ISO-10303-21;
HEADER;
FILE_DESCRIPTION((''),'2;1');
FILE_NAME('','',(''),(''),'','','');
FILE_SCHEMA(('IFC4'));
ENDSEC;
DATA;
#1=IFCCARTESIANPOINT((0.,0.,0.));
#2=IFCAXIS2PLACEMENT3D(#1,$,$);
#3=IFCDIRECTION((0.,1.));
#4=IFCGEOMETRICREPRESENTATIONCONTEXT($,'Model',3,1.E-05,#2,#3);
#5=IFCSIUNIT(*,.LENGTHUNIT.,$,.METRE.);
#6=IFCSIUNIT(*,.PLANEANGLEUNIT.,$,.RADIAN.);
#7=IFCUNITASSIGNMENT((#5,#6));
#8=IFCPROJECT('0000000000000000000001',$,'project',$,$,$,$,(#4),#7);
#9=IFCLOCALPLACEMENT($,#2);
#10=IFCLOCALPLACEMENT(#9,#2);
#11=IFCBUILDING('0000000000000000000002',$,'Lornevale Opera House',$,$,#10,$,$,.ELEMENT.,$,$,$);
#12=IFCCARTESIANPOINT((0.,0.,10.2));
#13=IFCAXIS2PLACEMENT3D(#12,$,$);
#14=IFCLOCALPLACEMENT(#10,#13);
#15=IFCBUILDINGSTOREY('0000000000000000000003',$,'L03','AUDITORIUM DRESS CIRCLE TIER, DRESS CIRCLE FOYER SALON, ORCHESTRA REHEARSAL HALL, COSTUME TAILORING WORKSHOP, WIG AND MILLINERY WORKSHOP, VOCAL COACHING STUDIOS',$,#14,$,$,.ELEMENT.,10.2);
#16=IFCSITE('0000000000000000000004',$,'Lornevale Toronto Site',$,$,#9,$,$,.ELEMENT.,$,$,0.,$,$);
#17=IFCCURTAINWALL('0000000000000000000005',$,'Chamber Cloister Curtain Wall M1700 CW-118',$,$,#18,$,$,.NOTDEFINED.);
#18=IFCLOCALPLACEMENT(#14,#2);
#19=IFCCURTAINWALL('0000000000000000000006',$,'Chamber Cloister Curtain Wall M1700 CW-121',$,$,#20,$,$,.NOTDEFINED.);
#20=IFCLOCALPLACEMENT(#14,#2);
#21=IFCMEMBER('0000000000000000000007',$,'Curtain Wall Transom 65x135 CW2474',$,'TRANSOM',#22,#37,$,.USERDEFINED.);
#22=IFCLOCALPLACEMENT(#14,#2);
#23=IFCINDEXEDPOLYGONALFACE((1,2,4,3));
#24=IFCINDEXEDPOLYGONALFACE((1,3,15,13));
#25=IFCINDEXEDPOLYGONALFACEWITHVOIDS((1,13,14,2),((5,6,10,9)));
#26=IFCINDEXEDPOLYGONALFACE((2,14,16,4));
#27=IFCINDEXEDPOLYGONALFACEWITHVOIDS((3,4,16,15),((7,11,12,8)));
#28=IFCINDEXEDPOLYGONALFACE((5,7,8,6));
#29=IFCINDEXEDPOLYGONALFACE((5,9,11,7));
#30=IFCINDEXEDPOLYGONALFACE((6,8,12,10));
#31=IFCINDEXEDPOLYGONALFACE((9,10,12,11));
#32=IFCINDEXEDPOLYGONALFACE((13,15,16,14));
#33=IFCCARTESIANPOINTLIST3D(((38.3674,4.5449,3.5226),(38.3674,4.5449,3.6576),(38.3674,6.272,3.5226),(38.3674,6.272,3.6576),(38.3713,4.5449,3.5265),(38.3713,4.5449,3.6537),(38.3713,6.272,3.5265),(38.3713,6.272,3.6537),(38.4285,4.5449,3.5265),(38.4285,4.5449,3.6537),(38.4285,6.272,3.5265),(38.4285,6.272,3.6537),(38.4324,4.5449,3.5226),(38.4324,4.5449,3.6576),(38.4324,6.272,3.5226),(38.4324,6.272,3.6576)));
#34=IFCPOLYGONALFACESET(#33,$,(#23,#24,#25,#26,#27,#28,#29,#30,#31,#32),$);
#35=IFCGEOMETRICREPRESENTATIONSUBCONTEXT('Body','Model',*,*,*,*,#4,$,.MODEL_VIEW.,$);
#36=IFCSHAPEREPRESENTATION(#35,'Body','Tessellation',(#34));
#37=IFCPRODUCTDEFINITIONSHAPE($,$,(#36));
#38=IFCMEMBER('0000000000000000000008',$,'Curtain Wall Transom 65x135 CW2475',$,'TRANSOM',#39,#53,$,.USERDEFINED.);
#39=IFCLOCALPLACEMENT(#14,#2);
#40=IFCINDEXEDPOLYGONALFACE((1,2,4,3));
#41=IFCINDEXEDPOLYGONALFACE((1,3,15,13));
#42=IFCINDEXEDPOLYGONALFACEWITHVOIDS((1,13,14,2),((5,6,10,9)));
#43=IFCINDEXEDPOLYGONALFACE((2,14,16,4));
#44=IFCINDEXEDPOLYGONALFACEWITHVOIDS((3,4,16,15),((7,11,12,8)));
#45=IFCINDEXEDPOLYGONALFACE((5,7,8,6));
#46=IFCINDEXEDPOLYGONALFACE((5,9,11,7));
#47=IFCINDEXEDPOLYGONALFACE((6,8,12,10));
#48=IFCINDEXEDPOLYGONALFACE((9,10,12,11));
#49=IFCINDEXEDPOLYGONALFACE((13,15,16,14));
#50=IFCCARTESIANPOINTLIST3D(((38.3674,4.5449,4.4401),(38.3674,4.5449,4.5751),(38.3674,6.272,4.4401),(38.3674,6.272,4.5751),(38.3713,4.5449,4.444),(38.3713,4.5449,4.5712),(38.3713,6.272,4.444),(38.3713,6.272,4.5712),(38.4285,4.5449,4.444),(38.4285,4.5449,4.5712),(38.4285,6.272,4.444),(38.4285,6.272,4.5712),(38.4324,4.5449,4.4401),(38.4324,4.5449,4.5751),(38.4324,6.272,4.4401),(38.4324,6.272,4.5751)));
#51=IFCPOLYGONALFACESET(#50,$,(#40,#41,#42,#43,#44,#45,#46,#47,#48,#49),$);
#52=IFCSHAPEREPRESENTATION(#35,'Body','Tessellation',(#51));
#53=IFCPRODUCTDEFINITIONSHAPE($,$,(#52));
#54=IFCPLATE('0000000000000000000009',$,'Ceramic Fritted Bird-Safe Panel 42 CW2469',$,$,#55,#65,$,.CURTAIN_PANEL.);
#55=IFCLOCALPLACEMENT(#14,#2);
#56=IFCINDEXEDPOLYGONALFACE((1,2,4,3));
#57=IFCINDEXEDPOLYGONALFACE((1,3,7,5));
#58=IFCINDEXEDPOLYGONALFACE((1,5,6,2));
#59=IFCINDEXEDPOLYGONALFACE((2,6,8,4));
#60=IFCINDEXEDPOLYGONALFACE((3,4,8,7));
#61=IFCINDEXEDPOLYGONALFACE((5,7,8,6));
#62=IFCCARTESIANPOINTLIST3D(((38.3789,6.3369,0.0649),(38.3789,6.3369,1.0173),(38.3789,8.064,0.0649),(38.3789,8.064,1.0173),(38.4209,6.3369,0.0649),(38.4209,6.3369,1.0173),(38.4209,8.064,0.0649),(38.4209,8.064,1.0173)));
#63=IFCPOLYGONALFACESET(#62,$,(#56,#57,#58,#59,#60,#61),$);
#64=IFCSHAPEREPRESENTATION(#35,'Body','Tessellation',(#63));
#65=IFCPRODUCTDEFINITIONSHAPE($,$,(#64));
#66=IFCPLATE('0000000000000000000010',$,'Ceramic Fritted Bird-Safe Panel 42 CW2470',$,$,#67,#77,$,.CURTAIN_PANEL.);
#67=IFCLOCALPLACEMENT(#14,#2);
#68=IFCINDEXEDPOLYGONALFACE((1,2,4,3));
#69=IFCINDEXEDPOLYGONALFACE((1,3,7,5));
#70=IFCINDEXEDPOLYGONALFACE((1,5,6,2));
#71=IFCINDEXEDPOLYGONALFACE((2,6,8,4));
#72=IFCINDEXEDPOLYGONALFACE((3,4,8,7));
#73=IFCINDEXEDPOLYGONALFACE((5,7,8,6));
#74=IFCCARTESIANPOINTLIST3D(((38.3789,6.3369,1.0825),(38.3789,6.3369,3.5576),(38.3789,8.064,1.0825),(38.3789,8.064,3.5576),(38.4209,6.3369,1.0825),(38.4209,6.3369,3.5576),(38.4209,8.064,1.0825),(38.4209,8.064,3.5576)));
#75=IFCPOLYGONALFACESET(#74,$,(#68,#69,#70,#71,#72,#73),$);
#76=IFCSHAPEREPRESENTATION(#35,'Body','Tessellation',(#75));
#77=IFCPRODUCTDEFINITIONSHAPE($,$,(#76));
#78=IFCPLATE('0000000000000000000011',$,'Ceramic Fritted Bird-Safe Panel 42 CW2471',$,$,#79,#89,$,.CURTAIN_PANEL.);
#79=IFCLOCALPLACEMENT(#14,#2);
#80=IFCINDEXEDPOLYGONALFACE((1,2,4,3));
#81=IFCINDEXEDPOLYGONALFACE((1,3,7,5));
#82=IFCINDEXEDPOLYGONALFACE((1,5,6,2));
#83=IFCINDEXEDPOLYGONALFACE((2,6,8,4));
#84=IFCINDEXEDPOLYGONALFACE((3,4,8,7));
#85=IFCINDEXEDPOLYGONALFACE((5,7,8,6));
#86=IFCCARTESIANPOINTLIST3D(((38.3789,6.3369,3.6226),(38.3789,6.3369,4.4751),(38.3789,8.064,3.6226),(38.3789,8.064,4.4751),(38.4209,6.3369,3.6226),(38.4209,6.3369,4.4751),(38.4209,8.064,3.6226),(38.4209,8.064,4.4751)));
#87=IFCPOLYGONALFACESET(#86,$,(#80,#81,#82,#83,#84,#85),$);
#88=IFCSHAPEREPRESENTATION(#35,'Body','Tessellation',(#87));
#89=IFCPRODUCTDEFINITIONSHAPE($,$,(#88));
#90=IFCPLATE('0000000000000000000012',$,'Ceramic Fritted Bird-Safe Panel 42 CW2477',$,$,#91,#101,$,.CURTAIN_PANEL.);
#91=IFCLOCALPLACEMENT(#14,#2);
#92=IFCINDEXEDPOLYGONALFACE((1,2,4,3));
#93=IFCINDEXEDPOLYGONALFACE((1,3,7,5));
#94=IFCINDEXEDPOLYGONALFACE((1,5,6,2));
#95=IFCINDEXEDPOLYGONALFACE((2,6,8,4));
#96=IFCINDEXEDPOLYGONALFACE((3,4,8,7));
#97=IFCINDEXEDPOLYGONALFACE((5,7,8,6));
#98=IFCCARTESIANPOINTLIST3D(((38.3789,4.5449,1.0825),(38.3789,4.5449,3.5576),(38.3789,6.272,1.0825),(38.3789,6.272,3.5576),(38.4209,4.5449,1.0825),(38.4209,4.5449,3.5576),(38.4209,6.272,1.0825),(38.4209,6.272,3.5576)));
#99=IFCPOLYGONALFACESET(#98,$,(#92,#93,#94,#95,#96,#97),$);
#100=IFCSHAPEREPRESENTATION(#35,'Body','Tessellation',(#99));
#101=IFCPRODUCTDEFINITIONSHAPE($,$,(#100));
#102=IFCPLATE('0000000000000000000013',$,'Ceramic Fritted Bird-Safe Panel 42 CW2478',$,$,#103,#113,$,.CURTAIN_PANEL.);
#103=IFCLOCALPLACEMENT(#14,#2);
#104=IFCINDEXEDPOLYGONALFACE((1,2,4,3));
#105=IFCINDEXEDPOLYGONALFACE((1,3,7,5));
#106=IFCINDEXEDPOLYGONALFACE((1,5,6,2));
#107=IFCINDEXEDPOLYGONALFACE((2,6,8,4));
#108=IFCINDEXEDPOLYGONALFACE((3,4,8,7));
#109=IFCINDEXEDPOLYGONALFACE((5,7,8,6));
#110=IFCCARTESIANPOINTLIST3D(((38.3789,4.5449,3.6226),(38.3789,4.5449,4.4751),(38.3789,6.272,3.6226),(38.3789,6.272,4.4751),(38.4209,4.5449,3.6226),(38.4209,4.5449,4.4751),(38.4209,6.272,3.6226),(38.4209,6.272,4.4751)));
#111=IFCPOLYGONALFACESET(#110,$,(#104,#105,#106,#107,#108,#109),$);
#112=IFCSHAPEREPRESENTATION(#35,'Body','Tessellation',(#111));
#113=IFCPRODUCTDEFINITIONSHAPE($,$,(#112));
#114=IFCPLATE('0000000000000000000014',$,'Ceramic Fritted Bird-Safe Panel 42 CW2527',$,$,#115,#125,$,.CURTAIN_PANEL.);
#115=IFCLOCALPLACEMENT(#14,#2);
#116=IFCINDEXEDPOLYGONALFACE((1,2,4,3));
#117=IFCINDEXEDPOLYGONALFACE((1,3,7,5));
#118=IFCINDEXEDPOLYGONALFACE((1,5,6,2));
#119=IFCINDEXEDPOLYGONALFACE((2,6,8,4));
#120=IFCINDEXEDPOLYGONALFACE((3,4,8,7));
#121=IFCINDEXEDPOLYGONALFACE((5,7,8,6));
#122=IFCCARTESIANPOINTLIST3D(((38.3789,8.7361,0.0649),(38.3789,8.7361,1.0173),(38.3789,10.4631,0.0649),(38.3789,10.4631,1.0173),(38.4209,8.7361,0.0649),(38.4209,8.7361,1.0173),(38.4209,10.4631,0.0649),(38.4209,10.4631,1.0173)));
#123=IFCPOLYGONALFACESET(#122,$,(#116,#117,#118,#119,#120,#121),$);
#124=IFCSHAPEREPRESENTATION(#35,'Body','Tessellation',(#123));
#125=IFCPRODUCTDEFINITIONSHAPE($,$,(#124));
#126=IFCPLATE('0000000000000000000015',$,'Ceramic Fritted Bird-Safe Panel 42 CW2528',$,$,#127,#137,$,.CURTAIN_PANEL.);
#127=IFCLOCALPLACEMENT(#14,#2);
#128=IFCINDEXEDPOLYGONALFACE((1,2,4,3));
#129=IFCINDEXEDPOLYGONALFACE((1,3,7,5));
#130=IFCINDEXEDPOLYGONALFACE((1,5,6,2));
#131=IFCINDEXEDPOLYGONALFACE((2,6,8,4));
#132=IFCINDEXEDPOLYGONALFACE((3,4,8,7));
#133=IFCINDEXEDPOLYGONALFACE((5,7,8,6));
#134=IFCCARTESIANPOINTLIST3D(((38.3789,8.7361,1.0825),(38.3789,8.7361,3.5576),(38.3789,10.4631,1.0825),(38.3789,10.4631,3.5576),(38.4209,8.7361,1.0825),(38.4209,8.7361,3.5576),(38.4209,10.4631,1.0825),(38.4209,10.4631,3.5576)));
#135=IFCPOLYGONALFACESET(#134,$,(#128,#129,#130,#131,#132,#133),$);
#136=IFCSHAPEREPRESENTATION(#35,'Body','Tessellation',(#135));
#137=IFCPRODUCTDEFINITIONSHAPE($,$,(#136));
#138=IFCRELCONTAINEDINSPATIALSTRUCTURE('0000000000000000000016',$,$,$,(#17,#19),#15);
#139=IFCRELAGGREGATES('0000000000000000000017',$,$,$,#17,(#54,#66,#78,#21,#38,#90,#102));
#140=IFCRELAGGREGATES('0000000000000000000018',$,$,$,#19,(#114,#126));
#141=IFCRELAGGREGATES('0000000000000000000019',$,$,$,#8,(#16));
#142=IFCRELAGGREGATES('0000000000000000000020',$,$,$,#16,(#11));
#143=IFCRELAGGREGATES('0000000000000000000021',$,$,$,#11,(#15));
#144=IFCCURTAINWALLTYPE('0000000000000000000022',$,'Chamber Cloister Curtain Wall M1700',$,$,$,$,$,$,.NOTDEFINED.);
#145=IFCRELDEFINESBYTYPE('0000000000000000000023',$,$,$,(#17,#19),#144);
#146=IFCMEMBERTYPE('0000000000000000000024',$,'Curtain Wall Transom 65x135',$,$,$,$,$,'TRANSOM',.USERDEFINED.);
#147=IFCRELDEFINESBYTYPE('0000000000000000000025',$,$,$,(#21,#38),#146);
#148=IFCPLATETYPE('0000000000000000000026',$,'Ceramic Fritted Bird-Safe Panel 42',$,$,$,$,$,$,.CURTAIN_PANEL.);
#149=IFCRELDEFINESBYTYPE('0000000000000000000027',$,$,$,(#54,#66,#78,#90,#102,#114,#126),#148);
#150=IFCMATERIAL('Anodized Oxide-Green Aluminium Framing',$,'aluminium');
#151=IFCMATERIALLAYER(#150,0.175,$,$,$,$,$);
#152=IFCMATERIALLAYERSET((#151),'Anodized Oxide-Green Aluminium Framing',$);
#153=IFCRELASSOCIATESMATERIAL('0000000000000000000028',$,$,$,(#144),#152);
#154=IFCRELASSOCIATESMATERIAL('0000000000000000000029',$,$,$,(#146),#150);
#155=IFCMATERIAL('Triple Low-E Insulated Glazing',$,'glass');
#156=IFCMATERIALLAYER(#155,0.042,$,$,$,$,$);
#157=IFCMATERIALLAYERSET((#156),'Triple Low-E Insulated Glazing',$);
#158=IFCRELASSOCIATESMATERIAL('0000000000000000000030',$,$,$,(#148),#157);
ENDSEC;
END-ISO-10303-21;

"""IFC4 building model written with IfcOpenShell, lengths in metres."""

from ifc_helpers import new_model, si_unit, direction, frame, origin, origin_2d, place, context, subcontext, project, spatial, rectangle, hollow_rectangle, extrude, material, layer, layer_set, material_profile, profile_set, type_object, element, aggregate, save


model = new_model("IFC4")

# Units and contexts
model_context = context("Model", 3, precision=1e-05, world=origin(), true_north=direction((0.0, 1.0)))
body_context = subcontext(model_context, "Body", "Model", "MODEL_VIEW")
ifc_project = project(units=[si_unit("LENGTHUNIT", "METRE"), si_unit("PLANEANGLEUNIT", "RADIAN")], contexts=[model_context])

# Site, building, storey
site_placement = place(None, origin())
site = spatial("IfcSite", under=ifc_project, at=site_placement, Name="Lornevale Toronto Site", CompositionType="ELEMENT", RefElevation=0.0)
building_placement = place(site_placement, origin())
building = spatial("IfcBuilding", under=site, at=building_placement, Name="Lornevale Opera House", CompositionType="ELEMENT")
storey_placement = place(building_placement, frame((0.0, 0.0, 10.2)))
storey = spatial("IfcBuildingStorey", under=building, at=storey_placement, Name="L03", Description="AUDITORIUM DRESS CIRCLE TIER, DRESS CIRCLE FOYER SALON, ORCHESTRA REHEARSAL HALL, COSTUME TAILORING WORKSHOP, WIG AND MILLINERY WORKSHOP, VOCAL COACHING STUDIOS", CompositionType="ELEMENT", Elevation=10.2)

# Curtain wall
ifc_material_1 = material(Name="Anodized Oxide-Green Aluminium Framing", Category="aluminium")
ifc_layer_1 = layer(ifc_material_1, 0.175)
ifc_layer_set_1 = layer_set([ifc_layer_1], Name="Anodized Oxide-Green Aluminium Framing")
curtain_wall_type = type_object("IfcCurtainWallType", Name="Chamber Cloister Curtain Wall M1700", PredefinedType="NOTDEFINED", material=ifc_layer_set_1)
curtain_wall_1_placement = place(storey_placement, origin())
curtain_wall_1 = element("IfcCurtainWall", 1, at=curtain_wall_1_placement, inside=storey, type_object=curtain_wall_type, Name="Chamber Cloister Curtain Wall M1700 CW-118", PredefinedType="NOTDEFINED")

# Curtain wall
curtain_wall_2_placement = place(storey_placement, origin())
curtain_wall_2 = element("IfcCurtainWall", 2, at=curtain_wall_2_placement, inside=storey, type_object=curtain_wall_type, Name="Chamber Cloister Curtain Wall M1700 CW-121", PredefinedType="NOTDEFINED")

# Members
ifc_material_profile_1 = material_profile(ifc_material_1, hollow_rectangle(XDim=0.0649, YDim=0.135, WallThickness=0.0039, at=origin_2d()), Name="ALU65x135x4")
ifc_profile_set_1 = profile_set([ifc_material_profile_1], Name="Anodized Oxide-Green Aluminium Framing")
member_type_1 = type_object("IfcMemberType", Name="Curtain Wall Transom 65x135", ElementType="TRANSOM", PredefinedType="USERDEFINED", material=ifc_profile_set_1)
member_1_placement = place(storey_placement, frame((38.3999, 6.272, 3.5901), z_axis=(0.0, -1.0, 0.0), x_axis=(1.0, 0.0, 0.0)))
member_1 = element("IfcMember", 3, at=member_1_placement, type_object=member_type_1, Name="Curtain Wall Transom 65x135 CW2474", ObjectType="TRANSOM", PredefinedType="USERDEFINED", context=body_context, shape_type="SweptSolid", body=[
    extrude(hollow_rectangle(XDim=0.0649, YDim=0.135, WallThickness=0.0039, at=origin_2d()), origin(), (0.0, 0.0, 1.0), 1.7271),
])
member_2_placement = place(storey_placement, frame((38.3999, 6.272, 4.5076), z_axis=(0.0, -1.0, 0.0), x_axis=(1.0, 0.0, 0.0)))
member_2 = element("IfcMember", 4, at=member_2_placement, type_object=member_type_1, Name="Curtain Wall Transom 65x135 CW2475", ObjectType="TRANSOM", PredefinedType="USERDEFINED", context=body_context, shape_type="SweptSolid", body=[
    extrude(hollow_rectangle(XDim=0.0649, YDim=0.135, WallThickness=0.0039, at=origin_2d()), origin(), (0.0, 0.0, 1.0), 1.7271),
])

# Plates
ifc_material_2 = material(Name="Triple Low-E Insulated Glazing", Category="glass")
ifc_layer_2 = layer(ifc_material_2, 0.042)
ifc_layer_set_2 = layer_set([ifc_layer_2], Name="Triple Low-E Insulated Glazing")
plate_type = type_object("IfcPlateType", Name="Ceramic Fritted Bird-Safe Panel 42", PredefinedType="CURTAIN_PANEL", material=ifc_layer_set_2)
plate_1_placement = place(storey_placement, frame((38.3999, 7.2004, 0.0649), z_axis=(0.0, 0.0, 1.0), x_axis=(0.0, -1.0, 0.0)))
plate_1 = element("IfcPlate", 5, at=plate_1_placement, type_object=plate_type, Name="Ceramic Fritted Bird-Safe Panel 42 CW2469", PredefinedType="CURTAIN_PANEL", context=body_context, shape_type="SweptSolid", body=[
    extrude(rectangle(XDim=1.7271, YDim=0.042, at=origin_2d()), origin(), (0.0, 0.0, 1.0), 0.9524),
])
plate_2_placement = place(storey_placement, frame((38.3999, 7.2004, 1.0825), z_axis=(0.0, 0.0, 1.0), x_axis=(0.0, -1.0, 0.0)))
plate_2 = element("IfcPlate", 6, at=plate_2_placement, type_object=plate_type, Name="Ceramic Fritted Bird-Safe Panel 42 CW2470", PredefinedType="CURTAIN_PANEL", context=body_context, shape_type="SweptSolid", body=[
    extrude(rectangle(XDim=1.7271, YDim=0.042, at=origin_2d()), origin(), (0.0, 0.0, 1.0), 2.4751),
])
plate_3_placement = place(storey_placement, frame((38.3999, 7.2004, 3.6226), z_axis=(0.0, 0.0, 1.0), x_axis=(0.0, -1.0, 0.0)))
plate_3 = element("IfcPlate", 7, at=plate_3_placement, type_object=plate_type, Name="Ceramic Fritted Bird-Safe Panel 42 CW2471", PredefinedType="CURTAIN_PANEL", context=body_context, shape_type="SweptSolid", body=[
    extrude(rectangle(XDim=1.7271, YDim=0.042, at=origin_2d()), origin(), (0.0, 0.0, 1.0), 0.8525),
])
plate_4_placement = place(storey_placement, frame((38.3999, 5.4084, 1.0825), z_axis=(0.0, 0.0, 1.0), x_axis=(0.0, -1.0, 0.0)))
plate_4 = element("IfcPlate", 8, at=plate_4_placement, type_object=plate_type, Name="Ceramic Fritted Bird-Safe Panel 42 CW2477", PredefinedType="CURTAIN_PANEL", context=body_context, shape_type="SweptSolid", body=[
    extrude(rectangle(XDim=1.7271, YDim=0.042, at=origin_2d()), origin(), (0.0, 0.0, 1.0), 2.4751),
])
plate_5_placement = place(storey_placement, frame((38.3999, 5.4084, 3.6226), z_axis=(0.0, 0.0, 1.0), x_axis=(0.0, -1.0, 0.0)))
plate_5 = element("IfcPlate", 9, at=plate_5_placement, type_object=plate_type, Name="Ceramic Fritted Bird-Safe Panel 42 CW2478", PredefinedType="CURTAIN_PANEL", context=body_context, shape_type="SweptSolid", body=[
    extrude(rectangle(XDim=1.7271, YDim=0.042, at=origin_2d()), origin(), (0.0, 0.0, 1.0), 0.8525),
])
aggregate(curtain_wall_1, [plate_1, plate_2, plate_3, member_1, member_2, plate_4, plate_5])
plate_6_placement = place(storey_placement, frame((38.3999, 9.5996, 0.0649), z_axis=(0.0, 0.0, 1.0), x_axis=(0.0, -1.0, 0.0)))
plate_6 = element("IfcPlate", 10, at=plate_6_placement, type_object=plate_type, Name="Ceramic Fritted Bird-Safe Panel 42 CW2527", PredefinedType="CURTAIN_PANEL", context=body_context, shape_type="SweptSolid", body=[
    extrude(rectangle(XDim=1.7271, YDim=0.042, at=origin_2d()), origin(), (0.0, 0.0, 1.0), 0.9524),
])
plate_7_placement = place(storey_placement, frame((38.3999, 9.5996, 1.0825), z_axis=(0.0, 0.0, 1.0), x_axis=(0.0, -1.0, 0.0)))
plate_7 = element("IfcPlate", 11, at=plate_7_placement, type_object=plate_type, Name="Ceramic Fritted Bird-Safe Panel 42 CW2528", PredefinedType="CURTAIN_PANEL", context=body_context, shape_type="SweptSolid", body=[
    extrude(rectangle(XDim=1.7271, YDim=0.042, at=origin_2d()), origin(), (0.0, 0.0, 1.0), 2.4751),
])
aggregate(curtain_wall_2, [plate_6, plate_7])

save(model, "model.ifc")
